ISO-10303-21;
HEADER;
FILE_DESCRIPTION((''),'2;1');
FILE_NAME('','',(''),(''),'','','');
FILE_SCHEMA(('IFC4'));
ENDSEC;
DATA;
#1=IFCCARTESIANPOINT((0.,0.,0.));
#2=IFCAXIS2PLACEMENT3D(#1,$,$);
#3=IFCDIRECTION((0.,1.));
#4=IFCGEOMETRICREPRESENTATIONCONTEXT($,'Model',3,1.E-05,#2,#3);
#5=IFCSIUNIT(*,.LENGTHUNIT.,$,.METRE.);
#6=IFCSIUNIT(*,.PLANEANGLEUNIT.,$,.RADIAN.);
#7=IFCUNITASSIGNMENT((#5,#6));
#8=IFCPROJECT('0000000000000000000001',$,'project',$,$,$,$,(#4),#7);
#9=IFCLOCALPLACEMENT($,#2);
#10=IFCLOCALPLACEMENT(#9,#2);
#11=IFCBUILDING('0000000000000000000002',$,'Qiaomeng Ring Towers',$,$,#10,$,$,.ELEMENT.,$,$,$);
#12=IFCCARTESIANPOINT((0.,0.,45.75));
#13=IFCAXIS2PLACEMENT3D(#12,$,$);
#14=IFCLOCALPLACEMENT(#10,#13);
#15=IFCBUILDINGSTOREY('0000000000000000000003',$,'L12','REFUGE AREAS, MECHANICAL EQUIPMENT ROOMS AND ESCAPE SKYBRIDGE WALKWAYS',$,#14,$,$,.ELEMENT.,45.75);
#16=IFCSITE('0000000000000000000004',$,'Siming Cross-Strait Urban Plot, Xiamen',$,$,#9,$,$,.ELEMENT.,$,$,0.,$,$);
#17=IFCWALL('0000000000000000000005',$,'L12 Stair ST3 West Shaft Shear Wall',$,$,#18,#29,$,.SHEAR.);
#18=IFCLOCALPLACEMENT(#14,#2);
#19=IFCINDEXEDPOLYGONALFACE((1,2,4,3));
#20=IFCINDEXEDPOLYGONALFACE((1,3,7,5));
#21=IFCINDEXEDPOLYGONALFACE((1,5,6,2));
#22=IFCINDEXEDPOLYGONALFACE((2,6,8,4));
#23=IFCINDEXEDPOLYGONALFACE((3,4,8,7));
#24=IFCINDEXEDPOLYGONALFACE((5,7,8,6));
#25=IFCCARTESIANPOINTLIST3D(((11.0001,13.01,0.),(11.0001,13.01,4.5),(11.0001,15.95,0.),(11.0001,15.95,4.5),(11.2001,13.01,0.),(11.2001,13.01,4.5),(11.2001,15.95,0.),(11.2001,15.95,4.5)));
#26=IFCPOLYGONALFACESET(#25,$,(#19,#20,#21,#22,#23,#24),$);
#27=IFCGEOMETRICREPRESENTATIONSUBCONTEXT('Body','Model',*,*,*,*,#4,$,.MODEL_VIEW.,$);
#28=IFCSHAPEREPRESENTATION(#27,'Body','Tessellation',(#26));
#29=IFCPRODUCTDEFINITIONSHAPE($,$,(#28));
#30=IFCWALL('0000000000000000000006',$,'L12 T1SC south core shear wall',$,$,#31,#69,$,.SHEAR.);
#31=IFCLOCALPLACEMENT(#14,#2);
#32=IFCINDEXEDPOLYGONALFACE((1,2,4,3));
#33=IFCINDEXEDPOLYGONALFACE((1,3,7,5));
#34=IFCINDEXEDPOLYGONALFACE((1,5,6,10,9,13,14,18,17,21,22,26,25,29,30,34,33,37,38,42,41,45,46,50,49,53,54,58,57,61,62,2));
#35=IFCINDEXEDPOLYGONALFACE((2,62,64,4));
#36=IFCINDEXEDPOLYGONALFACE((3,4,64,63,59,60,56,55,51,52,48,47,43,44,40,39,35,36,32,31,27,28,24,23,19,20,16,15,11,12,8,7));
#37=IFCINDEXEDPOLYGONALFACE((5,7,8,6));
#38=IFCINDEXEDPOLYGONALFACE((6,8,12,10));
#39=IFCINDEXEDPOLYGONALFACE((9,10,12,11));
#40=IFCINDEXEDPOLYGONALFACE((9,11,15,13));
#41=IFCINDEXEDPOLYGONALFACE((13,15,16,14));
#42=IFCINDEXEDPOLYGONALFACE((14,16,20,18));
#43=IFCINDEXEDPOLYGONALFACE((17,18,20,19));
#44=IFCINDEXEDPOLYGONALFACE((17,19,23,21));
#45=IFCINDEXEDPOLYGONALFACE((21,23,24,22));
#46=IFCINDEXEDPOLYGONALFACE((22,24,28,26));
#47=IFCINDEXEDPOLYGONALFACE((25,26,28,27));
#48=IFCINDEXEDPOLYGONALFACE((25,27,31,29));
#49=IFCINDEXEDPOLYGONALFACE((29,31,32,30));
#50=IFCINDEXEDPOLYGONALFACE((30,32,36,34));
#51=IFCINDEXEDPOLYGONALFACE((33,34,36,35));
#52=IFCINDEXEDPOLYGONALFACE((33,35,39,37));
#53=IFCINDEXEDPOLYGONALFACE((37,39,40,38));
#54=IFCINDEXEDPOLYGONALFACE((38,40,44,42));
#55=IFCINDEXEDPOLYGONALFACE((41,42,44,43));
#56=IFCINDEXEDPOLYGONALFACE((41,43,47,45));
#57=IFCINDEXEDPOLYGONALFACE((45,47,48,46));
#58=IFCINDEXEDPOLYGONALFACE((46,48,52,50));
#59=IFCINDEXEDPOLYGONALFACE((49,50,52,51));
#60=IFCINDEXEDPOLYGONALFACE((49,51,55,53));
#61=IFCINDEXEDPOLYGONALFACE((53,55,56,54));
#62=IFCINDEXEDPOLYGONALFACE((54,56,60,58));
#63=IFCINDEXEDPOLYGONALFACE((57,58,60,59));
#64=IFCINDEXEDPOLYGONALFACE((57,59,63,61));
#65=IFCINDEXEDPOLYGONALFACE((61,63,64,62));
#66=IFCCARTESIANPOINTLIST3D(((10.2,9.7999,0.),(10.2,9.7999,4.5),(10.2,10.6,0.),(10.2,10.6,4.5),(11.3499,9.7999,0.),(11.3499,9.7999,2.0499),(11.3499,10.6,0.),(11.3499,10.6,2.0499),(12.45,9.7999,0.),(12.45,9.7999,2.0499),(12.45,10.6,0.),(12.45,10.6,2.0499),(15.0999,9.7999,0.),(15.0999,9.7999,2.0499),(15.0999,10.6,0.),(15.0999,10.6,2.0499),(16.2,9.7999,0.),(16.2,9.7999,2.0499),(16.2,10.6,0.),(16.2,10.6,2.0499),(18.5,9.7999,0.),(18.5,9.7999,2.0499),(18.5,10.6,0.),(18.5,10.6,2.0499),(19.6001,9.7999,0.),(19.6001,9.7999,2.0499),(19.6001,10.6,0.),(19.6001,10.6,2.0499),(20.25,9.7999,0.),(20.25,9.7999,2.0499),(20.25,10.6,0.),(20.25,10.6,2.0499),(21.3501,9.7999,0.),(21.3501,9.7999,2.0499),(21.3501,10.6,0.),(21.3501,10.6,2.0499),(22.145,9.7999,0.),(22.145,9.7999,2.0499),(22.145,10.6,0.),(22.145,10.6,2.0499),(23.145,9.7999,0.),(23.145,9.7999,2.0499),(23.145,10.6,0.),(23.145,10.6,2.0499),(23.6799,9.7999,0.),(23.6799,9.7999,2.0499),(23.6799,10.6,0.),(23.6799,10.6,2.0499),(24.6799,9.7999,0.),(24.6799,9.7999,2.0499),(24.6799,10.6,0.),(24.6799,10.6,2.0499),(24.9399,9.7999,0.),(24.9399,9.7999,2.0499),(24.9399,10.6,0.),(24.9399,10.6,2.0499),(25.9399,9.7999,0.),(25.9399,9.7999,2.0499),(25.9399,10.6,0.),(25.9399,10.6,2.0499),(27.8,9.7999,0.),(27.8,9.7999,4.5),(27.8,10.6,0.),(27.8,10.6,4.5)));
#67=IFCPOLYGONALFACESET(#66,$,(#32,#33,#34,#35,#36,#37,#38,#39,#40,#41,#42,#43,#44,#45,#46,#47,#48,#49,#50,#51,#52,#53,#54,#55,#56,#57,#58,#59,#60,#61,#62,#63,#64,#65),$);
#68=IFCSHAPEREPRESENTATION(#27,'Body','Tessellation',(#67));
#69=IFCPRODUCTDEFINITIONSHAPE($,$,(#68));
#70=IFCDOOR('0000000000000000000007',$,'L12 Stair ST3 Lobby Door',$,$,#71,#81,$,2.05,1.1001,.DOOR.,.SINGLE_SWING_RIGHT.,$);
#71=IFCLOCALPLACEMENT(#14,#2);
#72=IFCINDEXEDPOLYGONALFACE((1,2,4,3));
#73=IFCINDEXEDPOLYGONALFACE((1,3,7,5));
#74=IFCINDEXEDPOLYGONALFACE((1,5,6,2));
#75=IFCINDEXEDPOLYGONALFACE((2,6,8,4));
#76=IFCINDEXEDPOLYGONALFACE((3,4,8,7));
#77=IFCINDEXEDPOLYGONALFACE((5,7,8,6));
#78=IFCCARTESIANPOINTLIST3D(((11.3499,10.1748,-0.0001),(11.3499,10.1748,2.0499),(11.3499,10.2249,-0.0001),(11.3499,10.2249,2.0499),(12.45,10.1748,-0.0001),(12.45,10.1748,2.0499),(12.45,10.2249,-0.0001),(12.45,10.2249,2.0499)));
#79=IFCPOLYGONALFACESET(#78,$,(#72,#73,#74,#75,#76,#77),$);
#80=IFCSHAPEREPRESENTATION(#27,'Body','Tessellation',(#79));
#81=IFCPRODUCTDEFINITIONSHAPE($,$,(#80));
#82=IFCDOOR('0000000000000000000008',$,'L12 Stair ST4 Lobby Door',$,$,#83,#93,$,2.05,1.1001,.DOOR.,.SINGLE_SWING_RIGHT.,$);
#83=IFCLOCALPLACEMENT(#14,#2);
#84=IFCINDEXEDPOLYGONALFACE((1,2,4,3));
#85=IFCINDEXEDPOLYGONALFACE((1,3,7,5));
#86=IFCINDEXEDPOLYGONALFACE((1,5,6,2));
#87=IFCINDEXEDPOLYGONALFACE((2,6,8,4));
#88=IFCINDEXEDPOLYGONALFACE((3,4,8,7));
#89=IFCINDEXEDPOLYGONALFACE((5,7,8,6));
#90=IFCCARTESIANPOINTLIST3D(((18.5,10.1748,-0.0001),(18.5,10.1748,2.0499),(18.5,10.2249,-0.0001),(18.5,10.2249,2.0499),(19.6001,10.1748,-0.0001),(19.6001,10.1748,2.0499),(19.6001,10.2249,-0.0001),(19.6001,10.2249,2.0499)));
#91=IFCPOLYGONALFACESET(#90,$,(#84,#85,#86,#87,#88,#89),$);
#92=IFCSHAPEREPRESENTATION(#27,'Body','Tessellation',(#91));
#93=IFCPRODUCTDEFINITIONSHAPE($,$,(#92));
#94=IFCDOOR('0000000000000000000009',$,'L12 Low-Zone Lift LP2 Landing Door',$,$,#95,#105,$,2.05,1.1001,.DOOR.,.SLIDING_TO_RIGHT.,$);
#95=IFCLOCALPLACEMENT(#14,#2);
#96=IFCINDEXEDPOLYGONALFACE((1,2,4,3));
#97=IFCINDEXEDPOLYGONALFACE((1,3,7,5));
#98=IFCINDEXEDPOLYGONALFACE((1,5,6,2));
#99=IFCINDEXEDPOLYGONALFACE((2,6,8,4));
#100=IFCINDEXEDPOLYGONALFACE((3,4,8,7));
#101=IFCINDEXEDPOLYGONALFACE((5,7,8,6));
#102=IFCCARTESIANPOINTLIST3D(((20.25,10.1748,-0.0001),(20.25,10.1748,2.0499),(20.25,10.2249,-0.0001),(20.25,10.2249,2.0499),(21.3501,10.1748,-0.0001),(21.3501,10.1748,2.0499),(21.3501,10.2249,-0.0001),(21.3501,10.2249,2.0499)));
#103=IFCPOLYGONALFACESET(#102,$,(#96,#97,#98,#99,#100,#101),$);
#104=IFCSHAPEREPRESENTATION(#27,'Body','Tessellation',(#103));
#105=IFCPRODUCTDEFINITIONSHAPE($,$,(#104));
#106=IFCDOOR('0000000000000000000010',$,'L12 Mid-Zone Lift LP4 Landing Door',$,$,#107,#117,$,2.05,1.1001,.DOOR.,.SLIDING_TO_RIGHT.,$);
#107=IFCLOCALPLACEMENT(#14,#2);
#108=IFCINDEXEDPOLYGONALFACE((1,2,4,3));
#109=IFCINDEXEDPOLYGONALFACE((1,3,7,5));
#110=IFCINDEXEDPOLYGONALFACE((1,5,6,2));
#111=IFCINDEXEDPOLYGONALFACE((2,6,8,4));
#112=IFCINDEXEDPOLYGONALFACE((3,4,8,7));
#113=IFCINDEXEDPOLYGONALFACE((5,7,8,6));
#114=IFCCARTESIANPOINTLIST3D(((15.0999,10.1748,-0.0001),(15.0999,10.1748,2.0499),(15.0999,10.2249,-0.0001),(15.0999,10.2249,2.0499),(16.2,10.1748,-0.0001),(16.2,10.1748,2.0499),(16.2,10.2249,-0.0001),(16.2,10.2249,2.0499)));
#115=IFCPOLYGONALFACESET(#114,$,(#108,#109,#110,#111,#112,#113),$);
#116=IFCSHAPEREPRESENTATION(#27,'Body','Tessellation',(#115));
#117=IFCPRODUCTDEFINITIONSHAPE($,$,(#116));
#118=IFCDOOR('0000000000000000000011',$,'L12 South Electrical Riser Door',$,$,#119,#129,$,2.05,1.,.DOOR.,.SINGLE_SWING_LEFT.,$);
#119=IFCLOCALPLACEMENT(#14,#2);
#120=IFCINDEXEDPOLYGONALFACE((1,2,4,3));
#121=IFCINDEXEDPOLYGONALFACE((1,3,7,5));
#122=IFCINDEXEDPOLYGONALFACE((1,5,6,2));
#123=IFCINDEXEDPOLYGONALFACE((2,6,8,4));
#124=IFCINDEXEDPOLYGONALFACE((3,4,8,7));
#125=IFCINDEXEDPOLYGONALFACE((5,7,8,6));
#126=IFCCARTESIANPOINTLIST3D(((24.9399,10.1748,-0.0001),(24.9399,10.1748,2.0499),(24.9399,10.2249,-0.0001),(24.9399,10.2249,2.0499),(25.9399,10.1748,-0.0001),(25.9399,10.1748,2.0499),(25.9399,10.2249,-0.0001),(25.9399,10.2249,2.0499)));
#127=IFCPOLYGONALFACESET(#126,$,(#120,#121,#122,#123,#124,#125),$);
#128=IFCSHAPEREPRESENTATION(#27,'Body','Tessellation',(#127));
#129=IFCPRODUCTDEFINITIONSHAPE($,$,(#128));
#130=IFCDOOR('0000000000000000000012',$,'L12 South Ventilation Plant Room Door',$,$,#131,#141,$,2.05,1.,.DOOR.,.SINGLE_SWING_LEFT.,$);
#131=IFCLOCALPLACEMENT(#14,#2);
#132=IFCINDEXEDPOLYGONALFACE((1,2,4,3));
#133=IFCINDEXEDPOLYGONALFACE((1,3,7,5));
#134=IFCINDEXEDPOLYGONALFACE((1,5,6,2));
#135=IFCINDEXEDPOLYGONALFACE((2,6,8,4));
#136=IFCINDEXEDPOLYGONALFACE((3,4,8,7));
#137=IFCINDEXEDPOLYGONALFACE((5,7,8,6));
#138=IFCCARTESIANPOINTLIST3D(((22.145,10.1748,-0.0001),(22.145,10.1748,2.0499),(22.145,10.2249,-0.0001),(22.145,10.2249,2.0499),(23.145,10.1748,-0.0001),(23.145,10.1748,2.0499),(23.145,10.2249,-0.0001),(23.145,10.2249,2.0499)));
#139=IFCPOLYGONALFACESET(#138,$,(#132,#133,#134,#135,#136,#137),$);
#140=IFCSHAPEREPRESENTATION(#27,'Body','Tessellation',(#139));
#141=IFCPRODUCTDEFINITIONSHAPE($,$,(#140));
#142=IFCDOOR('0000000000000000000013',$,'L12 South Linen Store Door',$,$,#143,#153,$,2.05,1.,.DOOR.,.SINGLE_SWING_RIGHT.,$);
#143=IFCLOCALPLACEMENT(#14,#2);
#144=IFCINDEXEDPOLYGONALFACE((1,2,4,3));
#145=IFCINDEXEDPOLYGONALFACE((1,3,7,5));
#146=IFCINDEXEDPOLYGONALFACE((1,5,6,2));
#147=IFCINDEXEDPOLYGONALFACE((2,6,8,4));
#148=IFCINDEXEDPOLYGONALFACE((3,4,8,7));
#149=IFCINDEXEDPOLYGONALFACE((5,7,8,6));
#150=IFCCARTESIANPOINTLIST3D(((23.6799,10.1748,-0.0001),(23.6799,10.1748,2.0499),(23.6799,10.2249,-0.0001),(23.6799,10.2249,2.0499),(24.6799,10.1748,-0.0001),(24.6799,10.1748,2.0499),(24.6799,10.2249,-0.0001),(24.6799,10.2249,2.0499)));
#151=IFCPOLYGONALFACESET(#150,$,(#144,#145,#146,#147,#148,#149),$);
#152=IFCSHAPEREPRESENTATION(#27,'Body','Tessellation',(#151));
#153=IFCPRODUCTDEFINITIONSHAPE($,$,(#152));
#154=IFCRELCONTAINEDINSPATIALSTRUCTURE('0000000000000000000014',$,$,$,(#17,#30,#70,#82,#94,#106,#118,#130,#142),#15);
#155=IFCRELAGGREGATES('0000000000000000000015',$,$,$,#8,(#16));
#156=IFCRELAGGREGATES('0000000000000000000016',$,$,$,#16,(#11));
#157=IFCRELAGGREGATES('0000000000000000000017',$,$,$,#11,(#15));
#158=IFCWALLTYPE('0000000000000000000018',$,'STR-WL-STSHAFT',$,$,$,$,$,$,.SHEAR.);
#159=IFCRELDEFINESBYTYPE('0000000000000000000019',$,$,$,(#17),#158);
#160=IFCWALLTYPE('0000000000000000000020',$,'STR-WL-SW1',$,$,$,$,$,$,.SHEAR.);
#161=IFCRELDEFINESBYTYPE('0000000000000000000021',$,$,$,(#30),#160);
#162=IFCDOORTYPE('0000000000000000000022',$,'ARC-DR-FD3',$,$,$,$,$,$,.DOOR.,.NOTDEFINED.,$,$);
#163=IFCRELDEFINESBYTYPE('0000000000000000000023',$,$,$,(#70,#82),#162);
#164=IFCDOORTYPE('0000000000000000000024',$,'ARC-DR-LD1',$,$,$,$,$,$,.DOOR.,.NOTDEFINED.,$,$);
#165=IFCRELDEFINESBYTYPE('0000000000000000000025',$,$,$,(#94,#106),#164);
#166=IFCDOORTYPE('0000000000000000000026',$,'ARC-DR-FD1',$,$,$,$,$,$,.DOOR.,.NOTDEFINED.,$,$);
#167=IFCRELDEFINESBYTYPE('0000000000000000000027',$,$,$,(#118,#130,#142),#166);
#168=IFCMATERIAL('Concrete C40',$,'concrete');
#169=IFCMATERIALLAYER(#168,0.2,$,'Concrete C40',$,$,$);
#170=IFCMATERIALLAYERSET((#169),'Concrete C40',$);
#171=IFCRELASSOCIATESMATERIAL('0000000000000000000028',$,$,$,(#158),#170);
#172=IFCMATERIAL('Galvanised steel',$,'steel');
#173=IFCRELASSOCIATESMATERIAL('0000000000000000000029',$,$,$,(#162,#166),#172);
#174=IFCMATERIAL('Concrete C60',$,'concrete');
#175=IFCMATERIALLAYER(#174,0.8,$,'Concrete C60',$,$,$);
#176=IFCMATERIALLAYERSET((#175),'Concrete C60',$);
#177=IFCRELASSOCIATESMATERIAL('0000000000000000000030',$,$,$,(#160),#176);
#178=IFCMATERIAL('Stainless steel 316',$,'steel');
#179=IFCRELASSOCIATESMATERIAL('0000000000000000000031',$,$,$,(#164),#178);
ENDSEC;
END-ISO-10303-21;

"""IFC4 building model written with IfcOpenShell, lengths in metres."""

from ifc_helpers import new_model, si_unit, direction, frame, frame_2d, origin, place, context, subcontext, project, spatial, rectangle, extrude, source, transform, mapped, material, layer, layer_set, type_object, element, fill, save


model = new_model("IFC4")

# Units and contexts
model_context = context("Model", 3, precision=1e-05, world=origin(), true_north=direction((0.0, 1.0)))
body_context = subcontext(model_context, "Body", "Model", "MODEL_VIEW")
ifc_project = project(units=[si_unit("LENGTHUNIT", "METRE"), si_unit("PLANEANGLEUNIT", "RADIAN")], contexts=[model_context])

# Site, building, storey
site_placement = place(None, origin())
site = spatial("IfcSite", under=ifc_project, at=site_placement, Name="Siming Cross-Strait Urban Plot, Xiamen", CompositionType="ELEMENT", RefElevation=0.0)
building_placement = place(site_placement, origin())
building = spatial("IfcBuilding", under=site, at=building_placement, Name="Qiaomeng Ring Towers", CompositionType="ELEMENT")
storey_placement = place(building_placement, frame((0.0, 0.0, 45.75)))
storey = spatial("IfcBuildingStorey", under=building, at=storey_placement, Name="L12", Description="REFUGE AREAS, MECHANICAL EQUIPMENT ROOMS AND ESCAPE SKYBRIDGE WALKWAYS", CompositionType="ELEMENT", Elevation=45.75)

# Shared definitions
ifc_material_1 = material(Name="Concrete C40", Category="concrete")
ifc_layer_1 = layer(ifc_material_1, 0.2, Name="Concrete C40")
ifc_layer_set_1 = layer_set([ifc_layer_1], Name="Concrete C40")
wall_type_1 = type_object("IfcWallType", Name="STR-WL-STSHAFT", PredefinedType="SHEAR", material=ifc_layer_set_1)

# Shared definitions
ifc_material_2 = material(Name="Galvanised steel", Category="steel")
door_type_1 = type_object("IfcDoorType", Name="ARC-DR-FD3", OperationType="NOTDEFINED", PredefinedType="DOOR", material=ifc_material_2)
shared_shape_1 = source(origin(), body_context, "Body", "SweptSolid", [
    extrude(rectangle(XDim=1.1001, YDim=2.05, at=frame_2d((0.55, 1.0249))), frame((0.0, 0.0249, 0.0), z_axis=(0.0, -1.0, 0.0), x_axis=(1.0, 0.0, 0.0)), (0.0, 0.0, 1.0), 0.05),
])

# Wall
wall_1_placement = place(storey_placement, frame((11.1001, 13.01, 0.0), z_axis=(0.0, 0.0, 1.0), x_axis=(0.0, 1.0, 0.0)))
element("IfcWall", 1, at=wall_1_placement, inside=storey, type_object=wall_type_1, Name="L12 Stair ST3 West Shaft Shear Wall", PredefinedType="SHEAR", context=body_context, shape_type="SweptSolid", body=[
    extrude(rectangle(XDim=2.9399, YDim=0.2, at=frame_2d((1.47, 0.0))), origin(), (0.0, 0.0, 1.0), 4.5),
])

# Wall, openings, doors
ifc_material_3 = material(Name="Concrete C60", Category="concrete")
ifc_layer_2 = layer(ifc_material_3, 0.8, Name="Concrete C60")
ifc_layer_set_2 = layer_set([ifc_layer_2], Name="Concrete C60")
wall_type_2 = type_object("IfcWallType", Name="STR-WL-SW1", PredefinedType="SHEAR", material=ifc_layer_set_2)
wall_2_placement = place(storey_placement, frame((10.2, 10.2, 0.0), z_axis=(0.0, 0.0, 1.0), x_axis=(1.0, 0.0, 0.0)))
wall_2 = element("IfcWall", 2, at=wall_2_placement, inside=storey, type_object=wall_type_2, Name="L12 T1SC south core shear wall", PredefinedType="SHEAR", context=body_context, shape_type="SweptSolid", body=[
    extrude(rectangle(XDim=17.6001, YDim=0.8, at=frame_2d((8.8, 0.0))), origin(), (0.0, 0.0, 1.0), 4.5),
])
opening_1_placement = place(wall_2_placement, frame((1.1499, 0.0, 0.0)))
opening_1 = element("IfcOpeningElement", 3, at=opening_1_placement, cuts=wall_2, PredefinedType="OPENING", context=body_context, shape_type="SweptSolid", body=[
    extrude(rectangle(XDim=1.1001, YDim=2.05, at=frame_2d((0.55, 1.0249))), frame((0.0, 0.4099, 0.0), z_axis=(0.0, -1.0, 0.0), x_axis=(1.0, 0.0, 0.0)), (0.0, 0.0, 1.0), 0.8201),
])
opening_2_placement = place(wall_2_placement, frame((8.3, 0.0, 0.0)))
opening_2 = element("IfcOpeningElement", 4, at=opening_2_placement, cuts=wall_2, PredefinedType="OPENING", context=body_context, shape_type="SweptSolid", body=[
    extrude(rectangle(XDim=1.1001, YDim=2.05, at=frame_2d((0.55, 1.0249))), frame((0.0, 0.4099, 0.0), z_axis=(0.0, -1.0, 0.0), x_axis=(1.0, 0.0, 0.0)), (0.0, 0.0, 1.0), 0.8201),
])
opening_3_placement = place(wall_2_placement, frame((10.05, 0.0, 0.0)))
opening_3 = element("IfcOpeningElement", 5, at=opening_3_placement, cuts=wall_2, PredefinedType="OPENING", context=body_context, shape_type="SweptSolid", body=[
    extrude(rectangle(XDim=1.1001, YDim=2.05, at=frame_2d((0.55, 1.0249))), frame((0.0, 0.4099, 0.0), z_axis=(0.0, -1.0, 0.0), x_axis=(1.0, 0.0, 0.0)), (0.0, 0.0, 1.0), 0.8201),
])
opening_4_placement = place(wall_2_placement, frame((4.8999, 0.0, 0.0)))
opening_4 = element("IfcOpeningElement", 6, at=opening_4_placement, cuts=wall_2, PredefinedType="OPENING", context=body_context, shape_type="SweptSolid", body=[
    extrude(rectangle(XDim=1.1001, YDim=2.05, at=frame_2d((0.55, 1.0249))), frame((0.0, 0.4099, 0.0), z_axis=(0.0, -1.0, 0.0), x_axis=(1.0, 0.0, 0.0)), (0.0, 0.0, 1.0), 0.8201),
])
opening_5_placement = place(wall_2_placement, frame((14.74, 0.0, 0.0)))
opening_5 = element("IfcOpeningElement", 7, at=opening_5_placement, cuts=wall_2, PredefinedType="OPENING", context=body_context, shape_type="SweptSolid", body=[
    extrude(rectangle(XDim=1.0, YDim=2.05, at=frame_2d((0.5, 1.0249))), frame((0.0, 0.4099, 0.0), z_axis=(0.0, -1.0, 0.0), x_axis=(1.0, 0.0, 0.0)), (0.0, 0.0, 1.0), 0.8201),
])
opening_6_placement = place(wall_2_placement, frame((11.9451, 0.0, 0.0)))
opening_6 = element("IfcOpeningElement", 8, at=opening_6_placement, cuts=wall_2, PredefinedType="OPENING", context=body_context, shape_type="SweptSolid", body=[
    extrude(rectangle(XDim=1.0, YDim=2.05, at=frame_2d((0.5, 1.0249))), frame((0.0, 0.4099, 0.0), z_axis=(0.0, -1.0, 0.0), x_axis=(1.0, 0.0, 0.0)), (0.0, 0.0, 1.0), 0.8201),
])
opening_7_placement = place(wall_2_placement, frame((13.48, 0.0, 0.0)))
opening_7 = element("IfcOpeningElement", 9, at=opening_7_placement, cuts=wall_2, PredefinedType="OPENING", context=body_context, shape_type="SweptSolid", body=[
    extrude(rectangle(XDim=1.0, YDim=2.05, at=frame_2d((0.5, 1.0249))), frame((0.0, 0.4099, 0.0), z_axis=(0.0, -1.0, 0.0), x_axis=(1.0, 0.0, 0.0)), (0.0, 0.0, 1.0), 0.8201),
])
door_1_placement = place(opening_1_placement, origin())
door_1 = element("IfcDoor", 10, at=door_1_placement, inside=storey, type_object=door_type_1, Name="L12 Stair ST3 Lobby Door", OperationType="SINGLE_SWING_RIGHT", OverallHeight=2.05, OverallWidth=1.1001, PredefinedType="DOOR", context=body_context, shape_type="MappedRepresentation", body=[
    mapped(shared_shape_1, transform((0.0, 0.0, 0.0), x_axis=(1.0, 0.0, 0.0), y_axis=(0.0, 1.0, 0.0), z_axis=(0.0, 0.0, 1.0), scale=1.0)),
])
fill(opening_1, door_1)
door_2_placement = place(opening_2_placement, origin())
door_2 = element("IfcDoor", 11, at=door_2_placement, inside=storey, type_object=door_type_1, Name="L12 Stair ST4 Lobby Door", OperationType="SINGLE_SWING_RIGHT", OverallHeight=2.05, OverallWidth=1.1001, PredefinedType="DOOR", context=body_context, shape_type="MappedRepresentation", body=[
    mapped(shared_shape_1, transform((0.0, 0.0, 0.0), x_axis=(1.0, 0.0, 0.0), y_axis=(0.0, 1.0, 0.0), z_axis=(0.0, 0.0, 1.0), scale=1.0)),
])
fill(opening_2, door_2)
ifc_material_4 = material(Name="Stainless steel 316", Category="steel")
door_type_2 = type_object("IfcDoorType", Name="ARC-DR-LD1", OperationType="NOTDEFINED", PredefinedType="DOOR", material=ifc_material_4)
door_3_placement = place(opening_3_placement, origin())
door_3 = element("IfcDoor", 12, at=door_3_placement, inside=storey, type_object=door_type_2, Name="L12 Low-Zone Lift LP2 Landing Door", OperationType="SLIDING_TO_RIGHT", OverallHeight=2.05, OverallWidth=1.1001, PredefinedType="DOOR", context=body_context, shape_type="MappedRepresentation", body=[
    mapped(shared_shape_1, transform((0.0, 0.0, 0.0), x_axis=(1.0, 0.0, 0.0), y_axis=(0.0, 1.0, 0.0), z_axis=(0.0, 0.0, 1.0), scale=1.0)),
])
fill(opening_3, door_3)
door_4_placement = place(opening_4_placement, origin())
door_4 = element("IfcDoor", 13, at=door_4_placement, inside=storey, type_object=door_type_2, Name="L12 Mid-Zone Lift LP4 Landing Door", OperationType="SLIDING_TO_RIGHT", OverallHeight=2.05, OverallWidth=1.1001, PredefinedType="DOOR", context=body_context, shape_type="MappedRepresentation", body=[
    mapped(shared_shape_1, transform((0.0, 0.0, 0.0), x_axis=(1.0, 0.0, 0.0), y_axis=(0.0, 1.0, 0.0), z_axis=(0.0, 0.0, 1.0), scale=1.0)),
])
fill(opening_4, door_4)
door_type_3 = type_object("IfcDoorType", Name="ARC-DR-FD1", OperationType="NOTDEFINED", PredefinedType="DOOR", material=ifc_material_2)
shared_shape_2 = source(origin(), body_context, "Body", "SweptSolid", [
    extrude(rectangle(XDim=1.0, YDim=2.05, at=frame_2d((0.5, 1.0249))), frame((0.0, 0.0249, 0.0), z_axis=(0.0, -1.0, 0.0), x_axis=(1.0, 0.0, 0.0)), (0.0, 0.0, 1.0), 0.05),
])
door_5_placement = place(opening_5_placement, origin())
door_5 = element("IfcDoor", 14, at=door_5_placement, inside=storey, type_object=door_type_3, Name="L12 South Electrical Riser Door", OperationType="SINGLE_SWING_LEFT", OverallHeight=2.05, OverallWidth=1.0, PredefinedType="DOOR", context=body_context, shape_type="MappedRepresentation", body=[
    mapped(shared_shape_2, transform((0.0, 0.0, 0.0), x_axis=(1.0, 0.0, 0.0), y_axis=(0.0, 1.0, 0.0), z_axis=(0.0, 0.0, 1.0), scale=1.0)),
])
fill(opening_5, door_5)
door_6_placement = place(opening_6_placement, origin())
door_6 = element("IfcDoor", 15, at=door_6_placement, inside=storey, type_object=door_type_3, Name="L12 South Ventilation Plant Room Door", OperationType="SINGLE_SWING_LEFT", OverallHeight=2.05, OverallWidth=1.0, PredefinedType="DOOR", context=body_context, shape_type="MappedRepresentation", body=[
    mapped(shared_shape_2, transform((0.0, 0.0, 0.0), x_axis=(1.0, 0.0, 0.0), y_axis=(0.0, 1.0, 0.0), z_axis=(0.0, 0.0, 1.0), scale=1.0)),
])
fill(opening_6, door_6)
door_7_placement = place(opening_7_placement, origin())
door_7 = element("IfcDoor", 16, at=door_7_placement, inside=storey, type_object=door_type_3, Name="L12 South Linen Store Door", OperationType="SINGLE_SWING_RIGHT", OverallHeight=2.05, OverallWidth=1.0, PredefinedType="DOOR", context=body_context, shape_type="MappedRepresentation", body=[
    mapped(shared_shape_2, transform((0.0, 0.0, 0.0), x_axis=(1.0, 0.0, 0.0), y_axis=(0.0, 1.0, 0.0), z_axis=(0.0, 0.0, 1.0), scale=1.0)),
])
fill(opening_7, door_7)

save(model, "model.ifc")
